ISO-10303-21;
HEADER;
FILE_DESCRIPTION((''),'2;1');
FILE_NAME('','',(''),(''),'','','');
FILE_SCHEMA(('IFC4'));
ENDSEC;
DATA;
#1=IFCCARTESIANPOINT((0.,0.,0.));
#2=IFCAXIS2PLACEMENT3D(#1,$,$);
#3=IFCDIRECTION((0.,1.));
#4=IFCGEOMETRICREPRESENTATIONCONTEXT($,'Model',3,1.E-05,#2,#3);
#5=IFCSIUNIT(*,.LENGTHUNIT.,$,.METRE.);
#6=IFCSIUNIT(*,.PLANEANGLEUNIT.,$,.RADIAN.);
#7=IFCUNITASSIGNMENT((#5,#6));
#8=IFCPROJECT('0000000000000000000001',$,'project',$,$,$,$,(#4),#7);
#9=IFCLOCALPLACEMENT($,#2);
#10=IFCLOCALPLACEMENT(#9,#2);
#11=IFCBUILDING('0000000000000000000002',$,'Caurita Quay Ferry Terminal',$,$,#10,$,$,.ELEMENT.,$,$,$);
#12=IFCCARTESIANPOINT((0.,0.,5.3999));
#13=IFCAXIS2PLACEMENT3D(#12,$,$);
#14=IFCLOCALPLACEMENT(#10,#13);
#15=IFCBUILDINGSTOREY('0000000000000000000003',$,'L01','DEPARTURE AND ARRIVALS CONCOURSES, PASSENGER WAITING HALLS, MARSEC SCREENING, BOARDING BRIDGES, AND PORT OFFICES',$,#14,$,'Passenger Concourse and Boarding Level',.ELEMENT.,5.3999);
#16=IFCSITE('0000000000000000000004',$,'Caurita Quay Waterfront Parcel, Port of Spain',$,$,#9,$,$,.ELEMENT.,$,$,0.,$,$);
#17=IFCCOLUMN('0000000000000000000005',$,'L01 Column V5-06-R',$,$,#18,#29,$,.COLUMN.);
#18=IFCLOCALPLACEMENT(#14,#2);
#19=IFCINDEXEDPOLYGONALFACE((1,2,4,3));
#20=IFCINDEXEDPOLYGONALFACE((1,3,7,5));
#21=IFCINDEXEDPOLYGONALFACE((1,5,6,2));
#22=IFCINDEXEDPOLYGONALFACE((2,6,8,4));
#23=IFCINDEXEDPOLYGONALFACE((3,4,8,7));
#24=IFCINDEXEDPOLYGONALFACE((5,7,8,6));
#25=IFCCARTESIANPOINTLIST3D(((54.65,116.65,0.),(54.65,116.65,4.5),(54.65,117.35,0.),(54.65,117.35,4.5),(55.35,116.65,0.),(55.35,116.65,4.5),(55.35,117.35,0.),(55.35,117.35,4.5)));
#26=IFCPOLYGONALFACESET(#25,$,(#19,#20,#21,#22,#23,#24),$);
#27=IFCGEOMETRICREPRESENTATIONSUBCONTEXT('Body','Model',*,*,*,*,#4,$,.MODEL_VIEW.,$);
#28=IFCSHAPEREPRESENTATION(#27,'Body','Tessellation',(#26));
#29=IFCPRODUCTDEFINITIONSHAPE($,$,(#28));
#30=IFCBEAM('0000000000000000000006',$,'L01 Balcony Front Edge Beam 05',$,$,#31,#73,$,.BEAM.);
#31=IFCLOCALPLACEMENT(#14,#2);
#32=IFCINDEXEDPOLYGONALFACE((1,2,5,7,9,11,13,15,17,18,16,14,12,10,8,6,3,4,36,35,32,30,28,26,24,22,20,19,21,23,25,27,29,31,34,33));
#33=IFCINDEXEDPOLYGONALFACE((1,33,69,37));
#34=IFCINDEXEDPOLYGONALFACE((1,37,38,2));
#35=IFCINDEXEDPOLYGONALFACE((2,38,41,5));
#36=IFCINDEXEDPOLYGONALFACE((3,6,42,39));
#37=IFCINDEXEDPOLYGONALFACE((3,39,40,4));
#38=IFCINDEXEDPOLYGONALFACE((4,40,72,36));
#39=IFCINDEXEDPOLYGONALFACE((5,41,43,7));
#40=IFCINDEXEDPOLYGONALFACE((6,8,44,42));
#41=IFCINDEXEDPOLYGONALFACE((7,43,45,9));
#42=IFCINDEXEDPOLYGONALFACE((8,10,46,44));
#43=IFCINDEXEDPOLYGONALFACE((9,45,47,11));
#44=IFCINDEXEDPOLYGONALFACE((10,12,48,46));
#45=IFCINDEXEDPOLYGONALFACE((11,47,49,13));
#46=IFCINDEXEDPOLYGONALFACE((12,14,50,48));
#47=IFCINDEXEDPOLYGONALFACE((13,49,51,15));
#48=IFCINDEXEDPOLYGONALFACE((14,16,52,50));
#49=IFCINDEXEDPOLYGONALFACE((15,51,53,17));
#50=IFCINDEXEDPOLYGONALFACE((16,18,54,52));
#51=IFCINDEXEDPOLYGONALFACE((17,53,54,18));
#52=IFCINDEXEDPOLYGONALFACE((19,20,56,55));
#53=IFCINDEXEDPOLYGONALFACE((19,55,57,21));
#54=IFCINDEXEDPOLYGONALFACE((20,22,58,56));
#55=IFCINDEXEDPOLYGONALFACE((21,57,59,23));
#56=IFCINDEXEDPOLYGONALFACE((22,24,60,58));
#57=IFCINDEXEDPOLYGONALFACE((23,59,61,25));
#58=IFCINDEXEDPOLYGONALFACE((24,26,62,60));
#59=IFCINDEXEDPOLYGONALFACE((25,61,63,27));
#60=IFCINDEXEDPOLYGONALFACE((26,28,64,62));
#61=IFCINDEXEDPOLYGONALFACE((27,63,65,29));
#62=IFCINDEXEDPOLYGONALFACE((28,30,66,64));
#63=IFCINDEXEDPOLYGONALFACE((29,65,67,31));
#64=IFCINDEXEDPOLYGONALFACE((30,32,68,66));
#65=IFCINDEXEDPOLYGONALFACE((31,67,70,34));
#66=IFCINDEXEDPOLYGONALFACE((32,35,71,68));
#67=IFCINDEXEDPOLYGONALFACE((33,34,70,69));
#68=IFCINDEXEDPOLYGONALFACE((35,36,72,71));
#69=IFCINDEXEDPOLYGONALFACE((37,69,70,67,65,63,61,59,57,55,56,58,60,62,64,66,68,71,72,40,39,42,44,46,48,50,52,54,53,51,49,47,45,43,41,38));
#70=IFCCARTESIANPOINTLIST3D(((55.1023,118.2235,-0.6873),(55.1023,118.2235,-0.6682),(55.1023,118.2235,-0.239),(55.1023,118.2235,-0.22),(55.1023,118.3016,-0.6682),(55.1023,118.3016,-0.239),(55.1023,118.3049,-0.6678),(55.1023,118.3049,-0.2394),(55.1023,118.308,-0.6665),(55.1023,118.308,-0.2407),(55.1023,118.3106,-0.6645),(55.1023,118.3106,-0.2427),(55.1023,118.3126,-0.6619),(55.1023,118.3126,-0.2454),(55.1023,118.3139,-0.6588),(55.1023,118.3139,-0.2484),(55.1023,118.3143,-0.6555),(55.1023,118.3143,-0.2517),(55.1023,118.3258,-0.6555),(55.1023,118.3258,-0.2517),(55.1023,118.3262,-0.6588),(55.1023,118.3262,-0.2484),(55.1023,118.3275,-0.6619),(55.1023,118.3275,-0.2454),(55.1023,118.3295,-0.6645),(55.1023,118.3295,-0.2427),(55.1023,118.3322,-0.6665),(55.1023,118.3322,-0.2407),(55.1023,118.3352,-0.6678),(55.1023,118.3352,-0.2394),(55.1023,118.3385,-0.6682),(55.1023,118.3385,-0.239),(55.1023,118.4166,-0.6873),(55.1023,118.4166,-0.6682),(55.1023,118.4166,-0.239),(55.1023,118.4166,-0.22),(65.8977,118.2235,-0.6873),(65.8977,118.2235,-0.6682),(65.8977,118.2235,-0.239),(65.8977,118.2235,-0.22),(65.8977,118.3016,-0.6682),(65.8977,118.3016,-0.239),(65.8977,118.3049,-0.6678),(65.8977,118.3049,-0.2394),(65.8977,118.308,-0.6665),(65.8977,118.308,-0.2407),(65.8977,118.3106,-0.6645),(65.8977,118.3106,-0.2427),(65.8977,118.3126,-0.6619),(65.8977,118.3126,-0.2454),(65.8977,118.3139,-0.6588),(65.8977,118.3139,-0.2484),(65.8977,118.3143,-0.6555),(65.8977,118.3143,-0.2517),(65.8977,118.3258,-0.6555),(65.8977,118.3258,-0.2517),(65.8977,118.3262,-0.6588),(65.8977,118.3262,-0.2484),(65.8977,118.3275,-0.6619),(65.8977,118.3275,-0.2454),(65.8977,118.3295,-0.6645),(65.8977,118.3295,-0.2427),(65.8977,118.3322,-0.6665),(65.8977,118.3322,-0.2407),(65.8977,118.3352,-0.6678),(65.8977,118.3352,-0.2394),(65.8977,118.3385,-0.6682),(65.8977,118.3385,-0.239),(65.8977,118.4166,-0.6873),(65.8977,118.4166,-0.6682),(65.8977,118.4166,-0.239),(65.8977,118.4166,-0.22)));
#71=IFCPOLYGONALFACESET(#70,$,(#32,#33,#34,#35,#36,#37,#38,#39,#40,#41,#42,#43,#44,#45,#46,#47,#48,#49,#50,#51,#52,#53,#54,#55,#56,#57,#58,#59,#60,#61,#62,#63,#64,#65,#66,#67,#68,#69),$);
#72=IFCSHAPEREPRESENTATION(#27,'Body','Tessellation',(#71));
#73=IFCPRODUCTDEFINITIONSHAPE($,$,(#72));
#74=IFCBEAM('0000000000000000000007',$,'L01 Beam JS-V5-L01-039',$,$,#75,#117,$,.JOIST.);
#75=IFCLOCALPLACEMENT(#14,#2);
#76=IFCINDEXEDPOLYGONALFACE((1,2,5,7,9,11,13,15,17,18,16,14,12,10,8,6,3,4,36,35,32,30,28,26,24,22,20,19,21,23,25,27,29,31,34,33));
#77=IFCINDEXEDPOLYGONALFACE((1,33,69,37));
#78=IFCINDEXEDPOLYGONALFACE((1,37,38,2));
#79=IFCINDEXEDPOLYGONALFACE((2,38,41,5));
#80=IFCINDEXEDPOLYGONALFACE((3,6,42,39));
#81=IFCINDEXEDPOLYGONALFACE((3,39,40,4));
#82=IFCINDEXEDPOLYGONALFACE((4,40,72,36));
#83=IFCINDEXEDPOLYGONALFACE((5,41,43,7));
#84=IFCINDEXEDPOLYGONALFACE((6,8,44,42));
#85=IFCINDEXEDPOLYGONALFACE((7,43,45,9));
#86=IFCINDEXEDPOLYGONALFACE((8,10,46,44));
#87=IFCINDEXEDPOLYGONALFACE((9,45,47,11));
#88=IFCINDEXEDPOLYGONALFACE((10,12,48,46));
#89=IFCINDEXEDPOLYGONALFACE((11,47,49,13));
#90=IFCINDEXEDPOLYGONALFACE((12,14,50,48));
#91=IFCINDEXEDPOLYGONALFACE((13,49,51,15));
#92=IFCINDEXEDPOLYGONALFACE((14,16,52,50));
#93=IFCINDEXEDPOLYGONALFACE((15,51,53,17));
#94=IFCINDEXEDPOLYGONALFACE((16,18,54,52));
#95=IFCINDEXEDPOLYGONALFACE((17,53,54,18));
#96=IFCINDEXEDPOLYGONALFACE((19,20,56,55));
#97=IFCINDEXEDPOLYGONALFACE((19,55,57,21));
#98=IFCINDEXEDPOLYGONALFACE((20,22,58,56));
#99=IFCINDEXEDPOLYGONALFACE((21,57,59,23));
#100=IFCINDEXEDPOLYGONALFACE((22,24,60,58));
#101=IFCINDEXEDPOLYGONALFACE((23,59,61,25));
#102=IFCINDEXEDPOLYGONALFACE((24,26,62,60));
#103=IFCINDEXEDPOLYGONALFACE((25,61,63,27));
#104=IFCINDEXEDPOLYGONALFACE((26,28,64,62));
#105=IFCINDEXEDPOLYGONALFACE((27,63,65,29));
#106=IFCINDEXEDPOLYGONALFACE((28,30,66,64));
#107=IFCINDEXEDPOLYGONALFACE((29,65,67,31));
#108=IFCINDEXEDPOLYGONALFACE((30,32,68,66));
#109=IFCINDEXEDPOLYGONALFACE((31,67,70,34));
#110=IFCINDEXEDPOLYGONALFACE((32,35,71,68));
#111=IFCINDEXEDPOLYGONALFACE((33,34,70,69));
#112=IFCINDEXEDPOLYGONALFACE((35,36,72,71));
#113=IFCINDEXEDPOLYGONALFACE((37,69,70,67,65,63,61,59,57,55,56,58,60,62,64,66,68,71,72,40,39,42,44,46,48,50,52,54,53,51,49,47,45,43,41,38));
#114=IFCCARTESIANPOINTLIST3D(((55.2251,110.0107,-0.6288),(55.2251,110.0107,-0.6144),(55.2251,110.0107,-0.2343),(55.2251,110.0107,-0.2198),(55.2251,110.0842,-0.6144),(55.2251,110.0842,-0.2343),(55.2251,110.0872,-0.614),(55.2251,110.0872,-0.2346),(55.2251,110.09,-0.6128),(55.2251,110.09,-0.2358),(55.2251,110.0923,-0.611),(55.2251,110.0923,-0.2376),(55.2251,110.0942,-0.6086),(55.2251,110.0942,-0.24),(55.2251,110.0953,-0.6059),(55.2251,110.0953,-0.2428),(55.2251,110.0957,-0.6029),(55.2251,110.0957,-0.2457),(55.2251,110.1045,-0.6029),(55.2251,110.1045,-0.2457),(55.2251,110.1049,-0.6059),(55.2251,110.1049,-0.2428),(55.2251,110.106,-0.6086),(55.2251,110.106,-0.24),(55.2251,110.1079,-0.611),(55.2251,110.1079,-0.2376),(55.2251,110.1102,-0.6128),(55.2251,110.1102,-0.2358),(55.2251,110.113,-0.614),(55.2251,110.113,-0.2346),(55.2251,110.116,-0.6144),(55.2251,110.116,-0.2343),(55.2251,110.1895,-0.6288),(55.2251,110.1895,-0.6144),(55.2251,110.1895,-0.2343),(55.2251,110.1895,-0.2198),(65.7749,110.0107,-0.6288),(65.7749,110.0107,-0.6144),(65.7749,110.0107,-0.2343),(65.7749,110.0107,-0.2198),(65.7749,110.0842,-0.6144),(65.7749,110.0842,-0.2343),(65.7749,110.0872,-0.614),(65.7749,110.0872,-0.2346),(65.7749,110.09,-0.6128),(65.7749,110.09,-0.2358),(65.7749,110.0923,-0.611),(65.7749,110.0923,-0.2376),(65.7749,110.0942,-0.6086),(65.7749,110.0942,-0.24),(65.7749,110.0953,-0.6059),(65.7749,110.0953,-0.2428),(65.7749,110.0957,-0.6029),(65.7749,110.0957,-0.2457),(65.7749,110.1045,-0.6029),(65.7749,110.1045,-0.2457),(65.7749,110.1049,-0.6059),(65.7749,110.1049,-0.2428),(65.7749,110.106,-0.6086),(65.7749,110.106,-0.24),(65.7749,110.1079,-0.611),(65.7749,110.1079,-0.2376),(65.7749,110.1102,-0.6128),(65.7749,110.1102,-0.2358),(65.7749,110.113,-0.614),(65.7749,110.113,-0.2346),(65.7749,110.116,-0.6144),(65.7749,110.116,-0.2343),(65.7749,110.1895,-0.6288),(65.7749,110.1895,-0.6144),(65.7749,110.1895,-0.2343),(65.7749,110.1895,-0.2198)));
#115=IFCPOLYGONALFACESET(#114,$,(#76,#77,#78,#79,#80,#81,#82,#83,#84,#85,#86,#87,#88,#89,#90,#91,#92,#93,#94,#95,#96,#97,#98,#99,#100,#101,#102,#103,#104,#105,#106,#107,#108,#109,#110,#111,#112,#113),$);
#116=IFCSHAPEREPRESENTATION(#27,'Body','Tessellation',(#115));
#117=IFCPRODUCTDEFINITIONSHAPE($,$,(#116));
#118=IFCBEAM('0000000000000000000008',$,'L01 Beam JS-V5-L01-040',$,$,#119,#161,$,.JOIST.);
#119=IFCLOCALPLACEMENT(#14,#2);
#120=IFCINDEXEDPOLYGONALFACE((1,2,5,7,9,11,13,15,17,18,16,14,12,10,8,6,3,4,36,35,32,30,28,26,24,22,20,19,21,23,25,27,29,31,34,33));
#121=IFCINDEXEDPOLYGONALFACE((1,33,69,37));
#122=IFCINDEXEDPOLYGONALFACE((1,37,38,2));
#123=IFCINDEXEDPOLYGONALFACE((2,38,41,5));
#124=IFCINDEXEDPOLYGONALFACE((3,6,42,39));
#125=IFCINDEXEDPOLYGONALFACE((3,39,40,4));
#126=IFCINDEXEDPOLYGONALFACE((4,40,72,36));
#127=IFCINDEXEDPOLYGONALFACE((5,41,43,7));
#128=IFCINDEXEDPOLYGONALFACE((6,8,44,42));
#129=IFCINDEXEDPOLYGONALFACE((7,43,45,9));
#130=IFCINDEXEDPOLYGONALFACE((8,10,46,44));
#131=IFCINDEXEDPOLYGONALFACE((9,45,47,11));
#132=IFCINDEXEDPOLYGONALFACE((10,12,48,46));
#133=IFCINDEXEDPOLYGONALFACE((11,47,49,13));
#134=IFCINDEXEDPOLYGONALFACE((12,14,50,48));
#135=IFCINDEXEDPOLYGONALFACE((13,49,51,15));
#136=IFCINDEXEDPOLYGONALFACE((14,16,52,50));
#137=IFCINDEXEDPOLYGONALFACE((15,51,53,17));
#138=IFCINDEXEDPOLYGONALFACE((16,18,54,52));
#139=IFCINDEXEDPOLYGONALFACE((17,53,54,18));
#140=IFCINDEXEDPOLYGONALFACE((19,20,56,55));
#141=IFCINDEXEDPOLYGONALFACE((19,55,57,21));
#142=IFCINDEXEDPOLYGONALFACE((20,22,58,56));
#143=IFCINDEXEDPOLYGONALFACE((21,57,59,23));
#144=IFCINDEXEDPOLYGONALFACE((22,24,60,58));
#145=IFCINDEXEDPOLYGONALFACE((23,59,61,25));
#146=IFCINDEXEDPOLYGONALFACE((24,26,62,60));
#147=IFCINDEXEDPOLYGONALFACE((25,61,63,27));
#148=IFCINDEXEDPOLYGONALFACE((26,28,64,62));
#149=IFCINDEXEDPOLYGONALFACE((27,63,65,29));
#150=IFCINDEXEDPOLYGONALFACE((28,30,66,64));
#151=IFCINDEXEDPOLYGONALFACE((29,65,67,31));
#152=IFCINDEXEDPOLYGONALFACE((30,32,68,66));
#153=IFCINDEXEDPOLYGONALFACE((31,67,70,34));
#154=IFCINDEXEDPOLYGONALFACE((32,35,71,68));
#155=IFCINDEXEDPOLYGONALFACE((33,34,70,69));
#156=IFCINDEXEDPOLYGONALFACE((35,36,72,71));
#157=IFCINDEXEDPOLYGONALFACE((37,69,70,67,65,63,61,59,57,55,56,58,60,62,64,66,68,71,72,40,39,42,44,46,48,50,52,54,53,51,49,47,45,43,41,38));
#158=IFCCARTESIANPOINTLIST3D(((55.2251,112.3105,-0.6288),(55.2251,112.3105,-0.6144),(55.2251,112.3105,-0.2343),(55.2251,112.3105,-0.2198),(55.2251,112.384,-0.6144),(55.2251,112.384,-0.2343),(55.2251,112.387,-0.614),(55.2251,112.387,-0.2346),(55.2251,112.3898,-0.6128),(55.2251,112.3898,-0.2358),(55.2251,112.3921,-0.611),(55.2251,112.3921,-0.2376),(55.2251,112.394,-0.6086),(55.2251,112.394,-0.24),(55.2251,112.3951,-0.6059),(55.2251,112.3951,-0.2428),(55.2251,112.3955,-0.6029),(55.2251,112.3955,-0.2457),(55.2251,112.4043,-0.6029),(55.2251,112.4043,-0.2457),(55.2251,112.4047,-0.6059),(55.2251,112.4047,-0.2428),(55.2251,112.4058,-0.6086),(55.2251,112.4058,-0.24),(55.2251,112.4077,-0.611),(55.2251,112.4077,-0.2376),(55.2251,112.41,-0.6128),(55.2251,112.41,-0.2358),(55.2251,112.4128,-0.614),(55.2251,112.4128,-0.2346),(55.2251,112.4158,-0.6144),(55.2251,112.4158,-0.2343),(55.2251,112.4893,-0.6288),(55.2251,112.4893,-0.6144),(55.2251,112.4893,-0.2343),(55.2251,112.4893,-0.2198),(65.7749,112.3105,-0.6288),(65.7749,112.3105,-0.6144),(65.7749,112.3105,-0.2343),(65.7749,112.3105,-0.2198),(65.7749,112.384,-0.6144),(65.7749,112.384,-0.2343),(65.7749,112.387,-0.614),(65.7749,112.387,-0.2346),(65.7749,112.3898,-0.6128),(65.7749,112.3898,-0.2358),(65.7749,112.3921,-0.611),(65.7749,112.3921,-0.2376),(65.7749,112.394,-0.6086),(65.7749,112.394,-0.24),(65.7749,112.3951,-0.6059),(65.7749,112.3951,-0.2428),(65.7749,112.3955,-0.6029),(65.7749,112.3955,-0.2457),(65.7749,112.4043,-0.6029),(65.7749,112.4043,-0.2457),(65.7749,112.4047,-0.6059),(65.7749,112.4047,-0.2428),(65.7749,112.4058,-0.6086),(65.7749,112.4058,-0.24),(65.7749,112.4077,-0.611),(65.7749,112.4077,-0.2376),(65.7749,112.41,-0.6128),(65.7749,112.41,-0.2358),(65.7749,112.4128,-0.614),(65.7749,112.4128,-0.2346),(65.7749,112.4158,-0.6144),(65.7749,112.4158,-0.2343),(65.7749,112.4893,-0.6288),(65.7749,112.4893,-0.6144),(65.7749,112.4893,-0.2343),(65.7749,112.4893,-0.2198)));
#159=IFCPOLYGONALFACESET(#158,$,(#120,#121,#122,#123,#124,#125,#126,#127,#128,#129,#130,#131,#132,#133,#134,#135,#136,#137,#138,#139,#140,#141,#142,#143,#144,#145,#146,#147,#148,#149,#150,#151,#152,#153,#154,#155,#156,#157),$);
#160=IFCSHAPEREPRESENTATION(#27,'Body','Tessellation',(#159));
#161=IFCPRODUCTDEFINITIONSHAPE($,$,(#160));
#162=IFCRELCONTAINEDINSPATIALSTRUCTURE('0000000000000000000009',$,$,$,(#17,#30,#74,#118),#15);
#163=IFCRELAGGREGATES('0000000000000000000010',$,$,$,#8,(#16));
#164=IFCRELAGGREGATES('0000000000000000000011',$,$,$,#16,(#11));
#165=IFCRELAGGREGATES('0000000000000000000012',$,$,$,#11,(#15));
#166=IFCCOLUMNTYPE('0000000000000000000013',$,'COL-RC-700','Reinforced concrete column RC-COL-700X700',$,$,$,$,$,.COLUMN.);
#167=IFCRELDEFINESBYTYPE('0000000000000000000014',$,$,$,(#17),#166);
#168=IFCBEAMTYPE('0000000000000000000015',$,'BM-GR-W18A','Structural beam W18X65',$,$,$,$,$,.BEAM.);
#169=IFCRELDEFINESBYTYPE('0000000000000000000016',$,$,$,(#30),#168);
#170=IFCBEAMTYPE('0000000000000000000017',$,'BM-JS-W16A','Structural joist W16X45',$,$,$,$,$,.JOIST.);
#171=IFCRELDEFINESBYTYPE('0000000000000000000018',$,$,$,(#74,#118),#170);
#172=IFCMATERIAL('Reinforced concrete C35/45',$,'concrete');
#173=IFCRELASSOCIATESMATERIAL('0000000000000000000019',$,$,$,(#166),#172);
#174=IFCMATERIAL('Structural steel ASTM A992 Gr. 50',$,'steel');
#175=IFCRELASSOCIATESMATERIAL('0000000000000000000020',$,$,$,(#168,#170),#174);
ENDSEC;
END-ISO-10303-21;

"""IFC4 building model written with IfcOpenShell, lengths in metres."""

from ifc_helpers import new_model, si_unit, direction, frame, origin, origin_2d, place, context, subcontext, project, spatial, rectangle, i_section, extrude, material, material_profile, profile_set, type_object, element, save


model = new_model("IFC4")

# Units and contexts
model_context = context("Model", 3, precision=1e-05, world=origin(), true_north=direction((0.0, 1.0)))
body_context = subcontext(model_context, "Body", "Model", "MODEL_VIEW")
ifc_project = project(units=[si_unit("LENGTHUNIT", "METRE"), si_unit("PLANEANGLEUNIT", "RADIAN")], contexts=[model_context])

# Site, building, storey
site_placement = place(None, origin())
site = spatial("IfcSite", under=ifc_project, at=site_placement, Name="Caurita Quay Waterfront Parcel, Port of Spain", CompositionType="ELEMENT", RefElevation=0.0)
building_placement = place(site_placement, origin())
building = spatial("IfcBuilding", under=site, at=building_placement, Name="Caurita Quay Ferry Terminal", CompositionType="ELEMENT")
storey_placement = place(building_placement, frame((0.0, 0.0, 5.3999)))
storey = spatial("IfcBuildingStorey", under=building, at=storey_placement, Name="L01", Description="DEPARTURE AND ARRIVALS CONCOURSES, PASSENGER WAITING HALLS, MARSEC SCREENING, BOARDING BRIDGES, AND PORT OFFICES", LongName="Passenger Concourse and Boarding Level", CompositionType="ELEMENT", Elevation=5.3999)

# Column
ifc_material_1 = material(Name="Reinforced concrete C35/45", Category="concrete")
ifc_material_profile_1 = material_profile(ifc_material_1, rectangle(XDim=0.7, YDim=0.7, at=origin_2d()), Name="RC-COL-700X700")
ifc_profile_set_1 = profile_set([ifc_material_profile_1], Name="Reinforced concrete C35/45")
column_type = type_object("IfcColumnType", Name="COL-RC-700", Description="Reinforced concrete column RC-COL-700X700", PredefinedType="COLUMN", material=ifc_profile_set_1)
column_placement = place(storey_placement, frame((55.0, 117.0, 0.0), z_axis=(0.0, 0.0, 1.0), x_axis=(1.0, 0.0, 0.0)))
element("IfcColumn", 1, at=column_placement, inside=storey, type_object=column_type, Name="L01 Column V5-06-R", PredefinedType="COLUMN", context=body_context, shape_type="SweptSolid", body=[
    extrude(rectangle(XDim=0.7, YDim=0.7, at=origin_2d()), origin(), (0.0, 0.0, 1.0), 4.5),
])

# Beams
ifc_material_2 = material(Name="Structural steel ASTM A992 Gr. 50", Category="steel")
ifc_material_profile_2 = material_profile(ifc_material_2, i_section(OverallWidth=0.1931, OverallDepth=0.4673, WebThickness=0.0115, FlangeThickness=0.019, FilletRadius=0.0127, at=origin_2d()), Name="W18X65")
ifc_profile_set_2 = profile_set([ifc_material_profile_2], Name="Structural steel ASTM A992 Gr. 50")
beam_type_1 = type_object("IfcBeamType", Name="BM-GR-W18A", Description="Structural beam W18X65", PredefinedType="BEAM", material=ifc_profile_set_2)
beam_1_placement = place(storey_placement, frame((55.1023, 118.3201, -0.4536), z_axis=(1.0, 0.0, 0.0), x_axis=(0.0, 1.0, 0.0)))
element("IfcBeam", 2, at=beam_1_placement, inside=storey, type_object=beam_type_1, Name="L01 Balcony Front Edge Beam 05", PredefinedType="BEAM", context=body_context, shape_type="SweptSolid", body=[
    extrude(i_section(OverallWidth=0.1931, OverallDepth=0.4673, WebThickness=0.0115, FlangeThickness=0.019, FilletRadius=0.0127, at=origin_2d()), origin(), (0.0, 0.0, 1.0), 10.7954),
])
ifc_material_profile_3 = material_profile(ifc_material_2, i_section(OverallWidth=0.1787, OverallDepth=0.4089, WebThickness=0.0088, FlangeThickness=0.0144, FilletRadius=0.0115, at=origin_2d()), Name="W16X45")
ifc_profile_set_3 = profile_set([ifc_material_profile_3], Name="Structural steel ASTM A992 Gr. 50")
beam_type_2 = type_object("IfcBeamType", Name="BM-JS-W16A", Description="Structural joist W16X45", PredefinedType="JOIST", material=ifc_profile_set_3)
for number, where, z_axis, x_axis, name in (
    (3, (55.2251, 110.1001, -0.4243), (1.0, 0.0, 0.0), (0.0, 1.0, 0.0), "L01 Beam JS-V5-L01-039"),
    (4, (55.2251, 112.3999, -0.4243), (1.0, 0.0, 0.0), (0.0, 1.0, 0.0), "L01 Beam JS-V5-L01-040"),
):
    element("IfcBeam", number, at=place(storey_placement, frame(where, z_axis=z_axis, x_axis=x_axis)), inside=storey, type_object=beam_type_2, Name=name, PredefinedType="JOIST", context=body_context, shape_type="SweptSolid", body=[
        extrude(i_section(OverallWidth=0.1787, OverallDepth=0.4089, WebThickness=0.0088, FlangeThickness=0.0144, FilletRadius=0.0115, at=origin_2d()), origin(), (0.0, 0.0, 1.0), 10.5498),
    ])

save(model, "model.ifc")
